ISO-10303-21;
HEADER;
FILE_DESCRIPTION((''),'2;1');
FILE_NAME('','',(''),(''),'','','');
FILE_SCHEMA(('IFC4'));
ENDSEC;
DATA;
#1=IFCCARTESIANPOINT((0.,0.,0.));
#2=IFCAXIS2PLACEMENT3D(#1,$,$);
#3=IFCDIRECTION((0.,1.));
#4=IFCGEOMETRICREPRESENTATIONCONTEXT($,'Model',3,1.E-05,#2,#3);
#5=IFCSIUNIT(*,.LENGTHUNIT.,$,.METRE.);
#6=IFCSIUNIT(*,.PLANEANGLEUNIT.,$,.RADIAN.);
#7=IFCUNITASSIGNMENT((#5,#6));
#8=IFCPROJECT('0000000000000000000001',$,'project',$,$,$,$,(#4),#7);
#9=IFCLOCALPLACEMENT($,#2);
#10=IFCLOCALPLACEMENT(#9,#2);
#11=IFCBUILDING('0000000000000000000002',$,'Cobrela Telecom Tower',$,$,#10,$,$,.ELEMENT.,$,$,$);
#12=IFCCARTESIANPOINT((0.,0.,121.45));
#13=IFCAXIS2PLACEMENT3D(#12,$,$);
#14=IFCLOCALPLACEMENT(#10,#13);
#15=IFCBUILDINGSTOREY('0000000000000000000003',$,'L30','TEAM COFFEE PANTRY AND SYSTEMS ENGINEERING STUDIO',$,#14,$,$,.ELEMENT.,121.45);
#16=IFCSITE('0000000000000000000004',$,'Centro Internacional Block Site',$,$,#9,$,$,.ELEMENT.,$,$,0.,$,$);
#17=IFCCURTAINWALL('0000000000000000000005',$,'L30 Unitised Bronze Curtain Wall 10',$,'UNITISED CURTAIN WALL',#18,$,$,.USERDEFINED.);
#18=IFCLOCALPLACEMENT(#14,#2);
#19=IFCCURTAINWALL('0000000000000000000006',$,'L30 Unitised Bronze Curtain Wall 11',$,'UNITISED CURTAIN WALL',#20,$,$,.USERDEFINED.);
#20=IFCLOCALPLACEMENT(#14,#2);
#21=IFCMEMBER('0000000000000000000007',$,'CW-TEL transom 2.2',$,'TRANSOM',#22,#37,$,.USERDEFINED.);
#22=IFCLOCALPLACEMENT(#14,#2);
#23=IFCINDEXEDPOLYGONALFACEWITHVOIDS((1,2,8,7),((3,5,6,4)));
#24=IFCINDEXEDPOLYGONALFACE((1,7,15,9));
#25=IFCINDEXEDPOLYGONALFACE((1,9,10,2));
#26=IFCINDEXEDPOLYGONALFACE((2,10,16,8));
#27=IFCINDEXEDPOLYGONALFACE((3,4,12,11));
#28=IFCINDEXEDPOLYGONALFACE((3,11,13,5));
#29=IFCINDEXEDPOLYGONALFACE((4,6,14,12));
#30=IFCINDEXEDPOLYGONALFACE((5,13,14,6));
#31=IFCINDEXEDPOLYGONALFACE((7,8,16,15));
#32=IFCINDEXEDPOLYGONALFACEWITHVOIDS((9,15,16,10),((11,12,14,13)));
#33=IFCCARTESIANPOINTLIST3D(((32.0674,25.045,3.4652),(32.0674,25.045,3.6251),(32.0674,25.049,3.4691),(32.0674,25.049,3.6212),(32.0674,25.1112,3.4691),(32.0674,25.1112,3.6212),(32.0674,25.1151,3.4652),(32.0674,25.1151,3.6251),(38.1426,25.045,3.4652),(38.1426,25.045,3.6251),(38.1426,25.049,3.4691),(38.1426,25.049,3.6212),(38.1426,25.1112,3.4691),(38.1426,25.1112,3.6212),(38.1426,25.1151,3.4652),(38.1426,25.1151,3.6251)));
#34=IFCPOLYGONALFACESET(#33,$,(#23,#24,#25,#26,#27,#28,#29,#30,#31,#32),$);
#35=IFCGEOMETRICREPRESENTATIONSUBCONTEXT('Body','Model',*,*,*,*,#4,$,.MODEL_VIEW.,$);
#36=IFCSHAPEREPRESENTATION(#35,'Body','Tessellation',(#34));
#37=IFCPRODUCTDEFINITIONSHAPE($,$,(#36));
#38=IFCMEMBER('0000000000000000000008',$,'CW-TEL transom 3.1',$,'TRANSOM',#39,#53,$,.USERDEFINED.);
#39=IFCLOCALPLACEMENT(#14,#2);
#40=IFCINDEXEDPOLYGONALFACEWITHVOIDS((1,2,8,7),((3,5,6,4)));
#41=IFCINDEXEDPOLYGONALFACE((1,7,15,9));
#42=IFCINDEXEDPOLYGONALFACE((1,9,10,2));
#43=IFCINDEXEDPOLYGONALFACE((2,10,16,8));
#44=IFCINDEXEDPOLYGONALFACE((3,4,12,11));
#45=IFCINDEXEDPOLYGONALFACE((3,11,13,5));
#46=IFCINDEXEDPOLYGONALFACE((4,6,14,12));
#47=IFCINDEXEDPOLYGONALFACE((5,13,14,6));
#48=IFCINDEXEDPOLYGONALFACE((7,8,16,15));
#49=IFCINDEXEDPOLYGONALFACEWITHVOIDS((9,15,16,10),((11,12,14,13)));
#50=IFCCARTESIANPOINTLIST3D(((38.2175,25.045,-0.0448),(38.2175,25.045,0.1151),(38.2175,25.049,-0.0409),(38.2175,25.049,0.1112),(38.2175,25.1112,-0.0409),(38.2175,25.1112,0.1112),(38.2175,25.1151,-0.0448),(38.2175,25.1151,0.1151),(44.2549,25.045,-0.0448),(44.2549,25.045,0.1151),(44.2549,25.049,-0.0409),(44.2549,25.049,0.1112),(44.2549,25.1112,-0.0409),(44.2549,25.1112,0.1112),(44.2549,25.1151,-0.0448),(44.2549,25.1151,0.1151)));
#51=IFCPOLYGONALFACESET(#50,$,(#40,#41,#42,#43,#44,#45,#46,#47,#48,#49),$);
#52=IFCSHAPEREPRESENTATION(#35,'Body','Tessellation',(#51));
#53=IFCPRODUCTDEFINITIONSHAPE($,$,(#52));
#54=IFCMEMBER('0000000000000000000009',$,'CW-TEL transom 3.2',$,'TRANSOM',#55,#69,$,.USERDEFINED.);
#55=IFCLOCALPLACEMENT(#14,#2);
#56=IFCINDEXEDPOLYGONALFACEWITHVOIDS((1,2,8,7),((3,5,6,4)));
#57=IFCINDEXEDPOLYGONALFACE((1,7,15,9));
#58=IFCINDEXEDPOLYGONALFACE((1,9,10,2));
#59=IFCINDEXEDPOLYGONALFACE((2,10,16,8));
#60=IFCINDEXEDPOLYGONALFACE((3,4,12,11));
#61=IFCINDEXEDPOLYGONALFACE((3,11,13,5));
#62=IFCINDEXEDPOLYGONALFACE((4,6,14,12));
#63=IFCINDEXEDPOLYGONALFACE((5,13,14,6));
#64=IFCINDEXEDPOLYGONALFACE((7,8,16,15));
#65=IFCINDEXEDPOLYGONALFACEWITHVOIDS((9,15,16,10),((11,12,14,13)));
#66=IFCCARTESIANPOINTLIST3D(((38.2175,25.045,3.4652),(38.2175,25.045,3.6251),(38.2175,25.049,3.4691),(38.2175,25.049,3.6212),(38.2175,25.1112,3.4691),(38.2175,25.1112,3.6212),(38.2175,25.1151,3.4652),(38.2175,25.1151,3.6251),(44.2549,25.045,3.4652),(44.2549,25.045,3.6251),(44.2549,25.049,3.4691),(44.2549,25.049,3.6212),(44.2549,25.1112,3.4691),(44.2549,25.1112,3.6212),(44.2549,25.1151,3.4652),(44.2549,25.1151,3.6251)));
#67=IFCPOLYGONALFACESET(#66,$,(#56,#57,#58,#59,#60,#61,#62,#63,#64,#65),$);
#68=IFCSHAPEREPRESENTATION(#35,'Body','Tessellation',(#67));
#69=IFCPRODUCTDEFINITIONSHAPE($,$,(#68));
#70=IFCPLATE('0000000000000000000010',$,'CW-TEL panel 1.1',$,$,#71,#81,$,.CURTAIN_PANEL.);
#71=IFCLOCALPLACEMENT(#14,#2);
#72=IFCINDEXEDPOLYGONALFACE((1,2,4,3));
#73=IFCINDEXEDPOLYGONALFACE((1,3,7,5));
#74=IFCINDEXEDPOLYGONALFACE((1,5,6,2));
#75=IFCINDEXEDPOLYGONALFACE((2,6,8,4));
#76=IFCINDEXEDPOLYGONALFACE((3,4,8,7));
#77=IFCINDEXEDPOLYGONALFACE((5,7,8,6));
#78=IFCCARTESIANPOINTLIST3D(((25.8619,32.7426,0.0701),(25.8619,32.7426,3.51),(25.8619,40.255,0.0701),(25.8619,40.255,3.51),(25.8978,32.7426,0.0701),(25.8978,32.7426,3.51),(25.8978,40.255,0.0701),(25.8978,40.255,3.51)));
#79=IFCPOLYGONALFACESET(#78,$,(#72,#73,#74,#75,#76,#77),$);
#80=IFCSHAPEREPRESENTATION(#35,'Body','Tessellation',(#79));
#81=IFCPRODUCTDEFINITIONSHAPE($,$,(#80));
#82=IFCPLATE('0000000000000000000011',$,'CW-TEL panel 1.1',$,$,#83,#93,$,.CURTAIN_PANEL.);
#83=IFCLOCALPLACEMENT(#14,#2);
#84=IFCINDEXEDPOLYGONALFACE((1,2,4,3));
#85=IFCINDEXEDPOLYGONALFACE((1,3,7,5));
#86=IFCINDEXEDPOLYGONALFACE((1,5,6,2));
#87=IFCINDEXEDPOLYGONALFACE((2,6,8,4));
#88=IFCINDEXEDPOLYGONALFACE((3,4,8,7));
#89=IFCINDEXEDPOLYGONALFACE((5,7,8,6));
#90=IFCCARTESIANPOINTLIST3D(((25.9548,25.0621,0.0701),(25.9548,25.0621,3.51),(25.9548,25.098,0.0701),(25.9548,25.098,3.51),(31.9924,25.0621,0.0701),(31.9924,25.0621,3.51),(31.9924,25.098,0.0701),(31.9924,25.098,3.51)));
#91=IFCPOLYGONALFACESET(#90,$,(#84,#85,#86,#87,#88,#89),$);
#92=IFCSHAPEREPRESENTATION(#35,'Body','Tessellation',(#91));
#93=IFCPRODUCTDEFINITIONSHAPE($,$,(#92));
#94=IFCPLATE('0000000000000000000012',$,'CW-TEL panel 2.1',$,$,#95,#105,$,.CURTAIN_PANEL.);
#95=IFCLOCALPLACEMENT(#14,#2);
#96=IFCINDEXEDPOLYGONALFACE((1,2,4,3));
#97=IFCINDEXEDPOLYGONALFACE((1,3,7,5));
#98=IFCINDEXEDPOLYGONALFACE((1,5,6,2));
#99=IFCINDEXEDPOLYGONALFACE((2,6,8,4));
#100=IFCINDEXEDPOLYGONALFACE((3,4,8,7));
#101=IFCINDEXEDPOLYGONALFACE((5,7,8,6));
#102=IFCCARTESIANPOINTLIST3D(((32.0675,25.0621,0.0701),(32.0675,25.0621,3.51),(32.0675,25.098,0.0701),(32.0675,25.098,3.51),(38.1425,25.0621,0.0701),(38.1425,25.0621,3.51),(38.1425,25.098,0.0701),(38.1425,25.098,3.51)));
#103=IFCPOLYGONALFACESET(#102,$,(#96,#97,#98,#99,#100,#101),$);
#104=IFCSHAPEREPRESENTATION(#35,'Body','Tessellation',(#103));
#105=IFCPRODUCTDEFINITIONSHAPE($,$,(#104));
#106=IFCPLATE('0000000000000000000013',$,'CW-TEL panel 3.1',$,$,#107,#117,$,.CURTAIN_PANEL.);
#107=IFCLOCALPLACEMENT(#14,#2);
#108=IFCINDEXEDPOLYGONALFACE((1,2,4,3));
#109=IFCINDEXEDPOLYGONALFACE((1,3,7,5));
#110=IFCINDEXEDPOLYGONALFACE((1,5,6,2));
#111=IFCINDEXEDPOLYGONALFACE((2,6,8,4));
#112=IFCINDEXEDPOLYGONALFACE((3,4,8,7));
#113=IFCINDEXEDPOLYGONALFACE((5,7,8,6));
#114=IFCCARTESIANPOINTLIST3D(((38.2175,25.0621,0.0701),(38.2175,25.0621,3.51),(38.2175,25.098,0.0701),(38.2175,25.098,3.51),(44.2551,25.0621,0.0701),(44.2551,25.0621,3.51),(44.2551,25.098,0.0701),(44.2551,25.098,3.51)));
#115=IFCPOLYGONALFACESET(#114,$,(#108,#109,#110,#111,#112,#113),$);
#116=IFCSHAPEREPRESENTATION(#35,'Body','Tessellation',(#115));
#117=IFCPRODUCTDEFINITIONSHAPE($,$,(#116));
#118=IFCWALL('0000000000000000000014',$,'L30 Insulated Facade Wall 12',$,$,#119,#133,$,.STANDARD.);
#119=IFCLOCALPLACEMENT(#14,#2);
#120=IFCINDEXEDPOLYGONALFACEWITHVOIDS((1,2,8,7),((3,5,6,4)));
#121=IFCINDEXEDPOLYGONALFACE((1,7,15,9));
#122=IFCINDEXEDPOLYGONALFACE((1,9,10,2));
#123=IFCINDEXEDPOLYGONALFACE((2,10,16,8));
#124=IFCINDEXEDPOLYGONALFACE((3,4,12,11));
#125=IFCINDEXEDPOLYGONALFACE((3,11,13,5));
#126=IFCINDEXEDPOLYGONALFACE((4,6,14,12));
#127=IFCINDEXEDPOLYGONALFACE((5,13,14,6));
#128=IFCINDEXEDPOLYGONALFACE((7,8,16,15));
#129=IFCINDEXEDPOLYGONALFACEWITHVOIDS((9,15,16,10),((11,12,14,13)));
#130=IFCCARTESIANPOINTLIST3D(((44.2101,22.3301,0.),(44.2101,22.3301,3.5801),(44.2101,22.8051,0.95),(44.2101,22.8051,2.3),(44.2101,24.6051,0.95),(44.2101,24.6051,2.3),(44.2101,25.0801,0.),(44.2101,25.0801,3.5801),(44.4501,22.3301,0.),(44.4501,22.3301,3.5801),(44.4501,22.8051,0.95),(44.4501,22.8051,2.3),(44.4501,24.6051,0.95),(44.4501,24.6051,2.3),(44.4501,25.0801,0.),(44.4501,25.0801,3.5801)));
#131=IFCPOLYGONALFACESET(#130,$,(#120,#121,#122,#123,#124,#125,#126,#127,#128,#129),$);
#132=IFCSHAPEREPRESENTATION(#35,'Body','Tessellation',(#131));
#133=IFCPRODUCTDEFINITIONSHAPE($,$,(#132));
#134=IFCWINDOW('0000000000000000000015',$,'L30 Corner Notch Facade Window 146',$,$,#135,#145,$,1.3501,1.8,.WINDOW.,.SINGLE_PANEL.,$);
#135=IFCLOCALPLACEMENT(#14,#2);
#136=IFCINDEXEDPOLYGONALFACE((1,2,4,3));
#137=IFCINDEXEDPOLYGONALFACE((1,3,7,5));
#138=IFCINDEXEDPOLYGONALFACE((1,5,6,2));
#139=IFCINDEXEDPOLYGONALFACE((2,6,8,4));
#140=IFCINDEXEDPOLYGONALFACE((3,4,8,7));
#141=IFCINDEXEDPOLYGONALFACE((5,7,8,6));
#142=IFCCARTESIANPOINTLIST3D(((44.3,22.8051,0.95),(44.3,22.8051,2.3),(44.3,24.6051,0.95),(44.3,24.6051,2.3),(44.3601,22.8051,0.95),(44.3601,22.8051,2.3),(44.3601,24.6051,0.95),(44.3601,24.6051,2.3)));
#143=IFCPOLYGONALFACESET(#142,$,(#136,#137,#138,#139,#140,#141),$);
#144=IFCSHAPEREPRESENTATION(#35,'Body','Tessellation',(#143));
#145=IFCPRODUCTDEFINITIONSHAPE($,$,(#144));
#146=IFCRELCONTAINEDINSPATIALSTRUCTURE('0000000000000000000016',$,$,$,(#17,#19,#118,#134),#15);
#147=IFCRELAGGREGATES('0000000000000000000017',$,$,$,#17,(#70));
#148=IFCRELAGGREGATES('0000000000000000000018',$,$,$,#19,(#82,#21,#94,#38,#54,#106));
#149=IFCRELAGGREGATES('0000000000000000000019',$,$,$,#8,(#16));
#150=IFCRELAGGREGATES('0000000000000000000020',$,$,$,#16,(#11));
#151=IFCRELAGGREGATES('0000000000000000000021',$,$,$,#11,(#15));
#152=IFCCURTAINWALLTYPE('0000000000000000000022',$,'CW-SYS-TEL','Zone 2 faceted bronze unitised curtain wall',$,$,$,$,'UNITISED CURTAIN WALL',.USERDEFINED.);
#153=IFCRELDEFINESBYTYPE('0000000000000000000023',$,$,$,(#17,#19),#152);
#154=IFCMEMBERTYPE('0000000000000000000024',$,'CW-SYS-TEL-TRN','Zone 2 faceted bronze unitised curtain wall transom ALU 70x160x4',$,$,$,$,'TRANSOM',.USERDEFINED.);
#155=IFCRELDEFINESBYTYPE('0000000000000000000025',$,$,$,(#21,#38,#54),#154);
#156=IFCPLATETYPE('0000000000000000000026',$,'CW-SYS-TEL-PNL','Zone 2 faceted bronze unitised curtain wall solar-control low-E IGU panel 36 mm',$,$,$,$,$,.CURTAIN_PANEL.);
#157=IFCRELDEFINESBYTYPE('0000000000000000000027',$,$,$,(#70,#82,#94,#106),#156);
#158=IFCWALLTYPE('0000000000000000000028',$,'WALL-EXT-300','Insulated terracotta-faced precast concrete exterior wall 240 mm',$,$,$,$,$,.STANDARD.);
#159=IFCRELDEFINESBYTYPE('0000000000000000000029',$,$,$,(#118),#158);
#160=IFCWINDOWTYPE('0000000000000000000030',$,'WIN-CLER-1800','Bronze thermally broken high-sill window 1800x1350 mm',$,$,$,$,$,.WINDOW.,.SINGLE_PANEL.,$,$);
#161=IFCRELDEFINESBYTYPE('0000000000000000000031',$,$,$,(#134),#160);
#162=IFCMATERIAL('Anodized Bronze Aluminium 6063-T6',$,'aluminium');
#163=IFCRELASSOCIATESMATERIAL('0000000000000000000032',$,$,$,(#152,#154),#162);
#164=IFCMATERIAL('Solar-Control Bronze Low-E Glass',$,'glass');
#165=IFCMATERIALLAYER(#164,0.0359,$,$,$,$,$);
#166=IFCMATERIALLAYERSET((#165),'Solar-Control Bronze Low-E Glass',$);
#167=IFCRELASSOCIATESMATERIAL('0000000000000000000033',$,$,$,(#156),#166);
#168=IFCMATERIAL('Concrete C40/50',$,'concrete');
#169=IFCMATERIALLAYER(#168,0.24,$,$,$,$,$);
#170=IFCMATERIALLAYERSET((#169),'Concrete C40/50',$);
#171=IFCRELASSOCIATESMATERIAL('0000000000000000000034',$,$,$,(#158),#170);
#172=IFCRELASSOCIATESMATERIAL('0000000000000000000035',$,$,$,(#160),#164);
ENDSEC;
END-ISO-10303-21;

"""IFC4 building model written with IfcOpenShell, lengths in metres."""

from ifc_helpers import new_model, si_unit, direction, frame, frame_2d, origin, origin_2d, place, context, subcontext, project, spatial, rectangle, hollow_rectangle, extrude, material, layer, layer_set, material_profile, profile_set, type_object, element, fill, aggregate, save


model = new_model("IFC4")

# Units and contexts
model_context = context("Model", 3, precision=1e-05, world=origin(), true_north=direction((0.0, 1.0)))
body_context = subcontext(model_context, "Body", "Model", "MODEL_VIEW")
ifc_project = project(units=[si_unit("LENGTHUNIT", "METRE"), si_unit("PLANEANGLEUNIT", "RADIAN")], contexts=[model_context])

# Site, building, storey
site_placement = place(None, origin())
site = spatial("IfcSite", under=ifc_project, at=site_placement, Name="Centro Internacional Block Site", CompositionType="ELEMENT", RefElevation=0.0)
building_placement = place(site_placement, origin())
building = spatial("IfcBuilding", under=site, at=building_placement, Name="Cobrela Telecom Tower", CompositionType="ELEMENT")
storey_placement = place(building_placement, frame((0.0, 0.0, 121.45)))
storey = spatial("IfcBuildingStorey", under=building, at=storey_placement, Name="L30", Description="TEAM COFFEE PANTRY AND SYSTEMS ENGINEERING STUDIO", CompositionType="ELEMENT", Elevation=121.45)

# Curtain walls
ifc_material_1 = material(Name="Anodized Bronze Aluminium 6063-T6", Category="aluminium")
curtain_wall_type = type_object("IfcCurtainWallType", Name="CW-SYS-TEL", Description="Zone 2 faceted bronze unitised curtain wall", ElementType="UNITISED CURTAIN WALL", PredefinedType="USERDEFINED", material=ifc_material_1)
curtain_wall_1_placement = place(storey_placement, origin())
curtain_wall_1 = element("IfcCurtainWall", 1, at=curtain_wall_1_placement, inside=storey, type_object=curtain_wall_type, Name="L30 Unitised Bronze Curtain Wall 10", ObjectType="UNITISED CURTAIN WALL", PredefinedType="USERDEFINED")
curtain_wall_2_placement = place(storey_placement, origin())
curtain_wall_2 = element("IfcCurtainWall", 2, at=curtain_wall_2_placement, inside=storey, type_object=curtain_wall_type, Name="L30 Unitised Bronze Curtain Wall 11", ObjectType="UNITISED CURTAIN WALL", PredefinedType="USERDEFINED")

# Members
ifc_material_profile_1 = material_profile(ifc_material_1, hollow_rectangle(XDim=0.0701, YDim=0.1599, WallThickness=0.0039, at=origin_2d()), Name="ALU 70x160x4")
ifc_profile_set_1 = profile_set([ifc_material_profile_1], Name="Anodized Bronze Aluminium 6063-T6")
member_type_1 = type_object("IfcMemberType", Name="CW-SYS-TEL-TRN", Description="Zone 2 faceted bronze unitised curtain wall transom ALU 70x160x4", ElementType="TRANSOM", PredefinedType="USERDEFINED", material=ifc_profile_set_1)
member_1_placement = place(storey_placement, frame((32.0674, 25.0801, 3.5452), z_axis=(1.0, 0.0, 0.0), x_axis=(0.0, 1.0, 0.0)))
member_1 = element("IfcMember", 3, at=member_1_placement, type_object=member_type_1, Name="CW-TEL transom 2.2", ObjectType="TRANSOM", PredefinedType="USERDEFINED", context=body_context, shape_type="SweptSolid", body=[
    extrude(hollow_rectangle(XDim=0.0701, YDim=0.1599, WallThickness=0.0039, at=origin_2d()), origin(), (0.0, 0.0, 1.0), 6.0752),
])
member_2_placement = place(storey_placement, frame((38.2175, 25.0801, 0.0352), z_axis=(1.0, 0.0, 0.0), x_axis=(0.0, 1.0, 0.0)))
member_2 = element("IfcMember", 4, at=member_2_placement, type_object=member_type_1, Name="CW-TEL transom 3.1", ObjectType="TRANSOM", PredefinedType="USERDEFINED", context=body_context, shape_type="SweptSolid", body=[
    extrude(hollow_rectangle(XDim=0.0701, YDim=0.1599, WallThickness=0.0039, at=origin_2d()), origin(), (0.0, 0.0, 1.0), 6.0374),
])
member_3_placement = place(storey_placement, frame((38.2175, 25.0801, 3.5452), z_axis=(1.0, 0.0, 0.0), x_axis=(0.0, 1.0, 0.0)))
member_3 = element("IfcMember", 5, at=member_3_placement, type_object=member_type_1, Name="CW-TEL transom 3.2", ObjectType="TRANSOM", PredefinedType="USERDEFINED", context=body_context, shape_type="SweptSolid", body=[
    extrude(hollow_rectangle(XDim=0.0701, YDim=0.1599, WallThickness=0.0039, at=origin_2d()), origin(), (0.0, 0.0, 1.0), 6.0374),
])

# Plates
ifc_material_2 = material(Name="Solar-Control Bronze Low-E Glass", Category="glass")
ifc_layer_1 = layer(ifc_material_2, 0.0359)
ifc_layer_set_1 = layer_set([ifc_layer_1], Name="Solar-Control Bronze Low-E Glass")
plate_type = type_object("IfcPlateType", Name="CW-SYS-TEL-PNL", Description="Zone 2 faceted bronze unitised curtain wall solar-control low-E IGU panel 36 mm", PredefinedType="CURTAIN_PANEL", material=ifc_layer_set_1)
plate_1_placement = place(storey_placement, frame((25.8799, 36.4988, 0.0701), z_axis=(0.0, 0.0, 1.0), x_axis=(0.0, -1.0, 0.0)))
plate_1 = element("IfcPlate", 6, at=plate_1_placement, type_object=plate_type, Name="CW-TEL panel 1.1", PredefinedType="CURTAIN_PANEL", context=body_context, shape_type="SweptSolid", body=[
    extrude(rectangle(XDim=7.5125, YDim=0.0359, at=origin_2d()), origin(), (0.0, 0.0, 1.0), 3.4399),
])
aggregate(curtain_wall_1, [plate_1])
plate_2_placement = place(storey_placement, frame((28.9736, 25.0801, 0.0701), z_axis=(0.0, 0.0, 1.0), x_axis=(1.0, 0.0, 0.0)))
plate_2 = element("IfcPlate", 7, at=plate_2_placement, type_object=plate_type, Name="CW-TEL panel 1.1", PredefinedType="CURTAIN_PANEL", context=body_context, shape_type="SweptSolid", body=[
    extrude(rectangle(XDim=6.0376, YDim=0.0359, at=origin_2d()), origin(), (0.0, 0.0, 1.0), 3.4399),
])
plate_3_placement = place(storey_placement, frame((35.105, 25.0801, 0.0701), z_axis=(0.0, 0.0, 1.0), x_axis=(1.0, 0.0, 0.0)))
plate_3 = element("IfcPlate", 8, at=plate_3_placement, type_object=plate_type, Name="CW-TEL panel 2.1", PredefinedType="CURTAIN_PANEL", context=body_context, shape_type="SweptSolid", body=[
    extrude(rectangle(XDim=6.075, YDim=0.0359, at=origin_2d()), origin(), (0.0, 0.0, 1.0), 3.4399),
])
plate_4_placement = place(storey_placement, frame((41.2363, 25.0801, 0.0701), z_axis=(0.0, 0.0, 1.0), x_axis=(1.0, 0.0, 0.0)))
plate_4 = element("IfcPlate", 9, at=plate_4_placement, type_object=plate_type, Name="CW-TEL panel 3.1", PredefinedType="CURTAIN_PANEL", context=body_context, shape_type="SweptSolid", body=[
    extrude(rectangle(XDim=6.0376, YDim=0.0359, at=origin_2d()), origin(), (0.0, 0.0, 1.0), 3.4399),
])
aggregate(curtain_wall_2, [plate_2, member_1, plate_3, member_2, member_3, plate_4])

# Wall, opening, window
ifc_material_3 = material(Name="Concrete C40/50", Category="concrete")
ifc_layer_2 = layer(ifc_material_3, 0.24)
ifc_layer_set_2 = layer_set([ifc_layer_2], Name="Concrete C40/50")
wall_type = type_object("IfcWallType", Name="WALL-EXT-300", Description="Insulated terracotta-faced precast concrete exterior wall 240 mm", PredefinedType="STANDARD", material=ifc_layer_set_2)
wall_placement = place(storey_placement, frame((44.3301, 25.0801, 0.0), z_axis=(0.0, 0.0, 1.0), x_axis=(0.0, -1.0, 0.0)))
wall = element("IfcWall", 10, at=wall_placement, inside=storey, type_object=wall_type, Name="L30 Insulated Facade Wall 12", PredefinedType="STANDARD", context=body_context, shape_type="SweptSolid", body=[
    extrude(rectangle(XDim=2.75, YDim=0.24, at=frame_2d((1.375, 0.0))), origin(), (0.0, 0.0, 1.0), 3.5801),
])
opening_placement = place(wall_placement, frame((0.4751, 0.0, 0.95)))
opening = element("IfcOpeningElement", 11, at=opening_placement, cuts=wall, PredefinedType="OPENING", context=body_context, shape_type="SweptSolid", body=[
    extrude(rectangle(XDim=1.8, YDim=1.3501, at=frame_2d((0.8999, 0.675))), frame((0.0, 0.1318, 0.0), z_axis=(0.0, -1.0, 0.0), x_axis=(1.0, 0.0, 0.0)), (0.0, 0.0, 1.0), 0.2639),
])
window_type = type_object("IfcWindowType", Name="WIN-CLER-1800", Description="Bronze thermally broken high-sill window 1800x1350 mm", PartitioningType="SINGLE_PANEL", PredefinedType="WINDOW", material=ifc_material_2)
window_placement = place(opening_placement, origin())
window = element("IfcWindow", 12, at=window_placement, inside=storey, type_object=window_type, Name="L30 Corner Notch Facade Window 146", OverallHeight=1.3501, OverallWidth=1.8, PartitioningType="SINGLE_PANEL", PredefinedType="WINDOW", context=body_context, shape_type="SweptSolid", body=[
    extrude(rectangle(XDim=1.8, YDim=1.3501, at=frame_2d((0.8999, 0.675))), frame((0.0, 0.03, 0.0), z_axis=(0.0, -1.0, 0.0), x_axis=(1.0, 0.0, 0.0)), (0.0, 0.0, 1.0), 0.0601),
])
fill(opening, window)

save(model, "model.ifc")
